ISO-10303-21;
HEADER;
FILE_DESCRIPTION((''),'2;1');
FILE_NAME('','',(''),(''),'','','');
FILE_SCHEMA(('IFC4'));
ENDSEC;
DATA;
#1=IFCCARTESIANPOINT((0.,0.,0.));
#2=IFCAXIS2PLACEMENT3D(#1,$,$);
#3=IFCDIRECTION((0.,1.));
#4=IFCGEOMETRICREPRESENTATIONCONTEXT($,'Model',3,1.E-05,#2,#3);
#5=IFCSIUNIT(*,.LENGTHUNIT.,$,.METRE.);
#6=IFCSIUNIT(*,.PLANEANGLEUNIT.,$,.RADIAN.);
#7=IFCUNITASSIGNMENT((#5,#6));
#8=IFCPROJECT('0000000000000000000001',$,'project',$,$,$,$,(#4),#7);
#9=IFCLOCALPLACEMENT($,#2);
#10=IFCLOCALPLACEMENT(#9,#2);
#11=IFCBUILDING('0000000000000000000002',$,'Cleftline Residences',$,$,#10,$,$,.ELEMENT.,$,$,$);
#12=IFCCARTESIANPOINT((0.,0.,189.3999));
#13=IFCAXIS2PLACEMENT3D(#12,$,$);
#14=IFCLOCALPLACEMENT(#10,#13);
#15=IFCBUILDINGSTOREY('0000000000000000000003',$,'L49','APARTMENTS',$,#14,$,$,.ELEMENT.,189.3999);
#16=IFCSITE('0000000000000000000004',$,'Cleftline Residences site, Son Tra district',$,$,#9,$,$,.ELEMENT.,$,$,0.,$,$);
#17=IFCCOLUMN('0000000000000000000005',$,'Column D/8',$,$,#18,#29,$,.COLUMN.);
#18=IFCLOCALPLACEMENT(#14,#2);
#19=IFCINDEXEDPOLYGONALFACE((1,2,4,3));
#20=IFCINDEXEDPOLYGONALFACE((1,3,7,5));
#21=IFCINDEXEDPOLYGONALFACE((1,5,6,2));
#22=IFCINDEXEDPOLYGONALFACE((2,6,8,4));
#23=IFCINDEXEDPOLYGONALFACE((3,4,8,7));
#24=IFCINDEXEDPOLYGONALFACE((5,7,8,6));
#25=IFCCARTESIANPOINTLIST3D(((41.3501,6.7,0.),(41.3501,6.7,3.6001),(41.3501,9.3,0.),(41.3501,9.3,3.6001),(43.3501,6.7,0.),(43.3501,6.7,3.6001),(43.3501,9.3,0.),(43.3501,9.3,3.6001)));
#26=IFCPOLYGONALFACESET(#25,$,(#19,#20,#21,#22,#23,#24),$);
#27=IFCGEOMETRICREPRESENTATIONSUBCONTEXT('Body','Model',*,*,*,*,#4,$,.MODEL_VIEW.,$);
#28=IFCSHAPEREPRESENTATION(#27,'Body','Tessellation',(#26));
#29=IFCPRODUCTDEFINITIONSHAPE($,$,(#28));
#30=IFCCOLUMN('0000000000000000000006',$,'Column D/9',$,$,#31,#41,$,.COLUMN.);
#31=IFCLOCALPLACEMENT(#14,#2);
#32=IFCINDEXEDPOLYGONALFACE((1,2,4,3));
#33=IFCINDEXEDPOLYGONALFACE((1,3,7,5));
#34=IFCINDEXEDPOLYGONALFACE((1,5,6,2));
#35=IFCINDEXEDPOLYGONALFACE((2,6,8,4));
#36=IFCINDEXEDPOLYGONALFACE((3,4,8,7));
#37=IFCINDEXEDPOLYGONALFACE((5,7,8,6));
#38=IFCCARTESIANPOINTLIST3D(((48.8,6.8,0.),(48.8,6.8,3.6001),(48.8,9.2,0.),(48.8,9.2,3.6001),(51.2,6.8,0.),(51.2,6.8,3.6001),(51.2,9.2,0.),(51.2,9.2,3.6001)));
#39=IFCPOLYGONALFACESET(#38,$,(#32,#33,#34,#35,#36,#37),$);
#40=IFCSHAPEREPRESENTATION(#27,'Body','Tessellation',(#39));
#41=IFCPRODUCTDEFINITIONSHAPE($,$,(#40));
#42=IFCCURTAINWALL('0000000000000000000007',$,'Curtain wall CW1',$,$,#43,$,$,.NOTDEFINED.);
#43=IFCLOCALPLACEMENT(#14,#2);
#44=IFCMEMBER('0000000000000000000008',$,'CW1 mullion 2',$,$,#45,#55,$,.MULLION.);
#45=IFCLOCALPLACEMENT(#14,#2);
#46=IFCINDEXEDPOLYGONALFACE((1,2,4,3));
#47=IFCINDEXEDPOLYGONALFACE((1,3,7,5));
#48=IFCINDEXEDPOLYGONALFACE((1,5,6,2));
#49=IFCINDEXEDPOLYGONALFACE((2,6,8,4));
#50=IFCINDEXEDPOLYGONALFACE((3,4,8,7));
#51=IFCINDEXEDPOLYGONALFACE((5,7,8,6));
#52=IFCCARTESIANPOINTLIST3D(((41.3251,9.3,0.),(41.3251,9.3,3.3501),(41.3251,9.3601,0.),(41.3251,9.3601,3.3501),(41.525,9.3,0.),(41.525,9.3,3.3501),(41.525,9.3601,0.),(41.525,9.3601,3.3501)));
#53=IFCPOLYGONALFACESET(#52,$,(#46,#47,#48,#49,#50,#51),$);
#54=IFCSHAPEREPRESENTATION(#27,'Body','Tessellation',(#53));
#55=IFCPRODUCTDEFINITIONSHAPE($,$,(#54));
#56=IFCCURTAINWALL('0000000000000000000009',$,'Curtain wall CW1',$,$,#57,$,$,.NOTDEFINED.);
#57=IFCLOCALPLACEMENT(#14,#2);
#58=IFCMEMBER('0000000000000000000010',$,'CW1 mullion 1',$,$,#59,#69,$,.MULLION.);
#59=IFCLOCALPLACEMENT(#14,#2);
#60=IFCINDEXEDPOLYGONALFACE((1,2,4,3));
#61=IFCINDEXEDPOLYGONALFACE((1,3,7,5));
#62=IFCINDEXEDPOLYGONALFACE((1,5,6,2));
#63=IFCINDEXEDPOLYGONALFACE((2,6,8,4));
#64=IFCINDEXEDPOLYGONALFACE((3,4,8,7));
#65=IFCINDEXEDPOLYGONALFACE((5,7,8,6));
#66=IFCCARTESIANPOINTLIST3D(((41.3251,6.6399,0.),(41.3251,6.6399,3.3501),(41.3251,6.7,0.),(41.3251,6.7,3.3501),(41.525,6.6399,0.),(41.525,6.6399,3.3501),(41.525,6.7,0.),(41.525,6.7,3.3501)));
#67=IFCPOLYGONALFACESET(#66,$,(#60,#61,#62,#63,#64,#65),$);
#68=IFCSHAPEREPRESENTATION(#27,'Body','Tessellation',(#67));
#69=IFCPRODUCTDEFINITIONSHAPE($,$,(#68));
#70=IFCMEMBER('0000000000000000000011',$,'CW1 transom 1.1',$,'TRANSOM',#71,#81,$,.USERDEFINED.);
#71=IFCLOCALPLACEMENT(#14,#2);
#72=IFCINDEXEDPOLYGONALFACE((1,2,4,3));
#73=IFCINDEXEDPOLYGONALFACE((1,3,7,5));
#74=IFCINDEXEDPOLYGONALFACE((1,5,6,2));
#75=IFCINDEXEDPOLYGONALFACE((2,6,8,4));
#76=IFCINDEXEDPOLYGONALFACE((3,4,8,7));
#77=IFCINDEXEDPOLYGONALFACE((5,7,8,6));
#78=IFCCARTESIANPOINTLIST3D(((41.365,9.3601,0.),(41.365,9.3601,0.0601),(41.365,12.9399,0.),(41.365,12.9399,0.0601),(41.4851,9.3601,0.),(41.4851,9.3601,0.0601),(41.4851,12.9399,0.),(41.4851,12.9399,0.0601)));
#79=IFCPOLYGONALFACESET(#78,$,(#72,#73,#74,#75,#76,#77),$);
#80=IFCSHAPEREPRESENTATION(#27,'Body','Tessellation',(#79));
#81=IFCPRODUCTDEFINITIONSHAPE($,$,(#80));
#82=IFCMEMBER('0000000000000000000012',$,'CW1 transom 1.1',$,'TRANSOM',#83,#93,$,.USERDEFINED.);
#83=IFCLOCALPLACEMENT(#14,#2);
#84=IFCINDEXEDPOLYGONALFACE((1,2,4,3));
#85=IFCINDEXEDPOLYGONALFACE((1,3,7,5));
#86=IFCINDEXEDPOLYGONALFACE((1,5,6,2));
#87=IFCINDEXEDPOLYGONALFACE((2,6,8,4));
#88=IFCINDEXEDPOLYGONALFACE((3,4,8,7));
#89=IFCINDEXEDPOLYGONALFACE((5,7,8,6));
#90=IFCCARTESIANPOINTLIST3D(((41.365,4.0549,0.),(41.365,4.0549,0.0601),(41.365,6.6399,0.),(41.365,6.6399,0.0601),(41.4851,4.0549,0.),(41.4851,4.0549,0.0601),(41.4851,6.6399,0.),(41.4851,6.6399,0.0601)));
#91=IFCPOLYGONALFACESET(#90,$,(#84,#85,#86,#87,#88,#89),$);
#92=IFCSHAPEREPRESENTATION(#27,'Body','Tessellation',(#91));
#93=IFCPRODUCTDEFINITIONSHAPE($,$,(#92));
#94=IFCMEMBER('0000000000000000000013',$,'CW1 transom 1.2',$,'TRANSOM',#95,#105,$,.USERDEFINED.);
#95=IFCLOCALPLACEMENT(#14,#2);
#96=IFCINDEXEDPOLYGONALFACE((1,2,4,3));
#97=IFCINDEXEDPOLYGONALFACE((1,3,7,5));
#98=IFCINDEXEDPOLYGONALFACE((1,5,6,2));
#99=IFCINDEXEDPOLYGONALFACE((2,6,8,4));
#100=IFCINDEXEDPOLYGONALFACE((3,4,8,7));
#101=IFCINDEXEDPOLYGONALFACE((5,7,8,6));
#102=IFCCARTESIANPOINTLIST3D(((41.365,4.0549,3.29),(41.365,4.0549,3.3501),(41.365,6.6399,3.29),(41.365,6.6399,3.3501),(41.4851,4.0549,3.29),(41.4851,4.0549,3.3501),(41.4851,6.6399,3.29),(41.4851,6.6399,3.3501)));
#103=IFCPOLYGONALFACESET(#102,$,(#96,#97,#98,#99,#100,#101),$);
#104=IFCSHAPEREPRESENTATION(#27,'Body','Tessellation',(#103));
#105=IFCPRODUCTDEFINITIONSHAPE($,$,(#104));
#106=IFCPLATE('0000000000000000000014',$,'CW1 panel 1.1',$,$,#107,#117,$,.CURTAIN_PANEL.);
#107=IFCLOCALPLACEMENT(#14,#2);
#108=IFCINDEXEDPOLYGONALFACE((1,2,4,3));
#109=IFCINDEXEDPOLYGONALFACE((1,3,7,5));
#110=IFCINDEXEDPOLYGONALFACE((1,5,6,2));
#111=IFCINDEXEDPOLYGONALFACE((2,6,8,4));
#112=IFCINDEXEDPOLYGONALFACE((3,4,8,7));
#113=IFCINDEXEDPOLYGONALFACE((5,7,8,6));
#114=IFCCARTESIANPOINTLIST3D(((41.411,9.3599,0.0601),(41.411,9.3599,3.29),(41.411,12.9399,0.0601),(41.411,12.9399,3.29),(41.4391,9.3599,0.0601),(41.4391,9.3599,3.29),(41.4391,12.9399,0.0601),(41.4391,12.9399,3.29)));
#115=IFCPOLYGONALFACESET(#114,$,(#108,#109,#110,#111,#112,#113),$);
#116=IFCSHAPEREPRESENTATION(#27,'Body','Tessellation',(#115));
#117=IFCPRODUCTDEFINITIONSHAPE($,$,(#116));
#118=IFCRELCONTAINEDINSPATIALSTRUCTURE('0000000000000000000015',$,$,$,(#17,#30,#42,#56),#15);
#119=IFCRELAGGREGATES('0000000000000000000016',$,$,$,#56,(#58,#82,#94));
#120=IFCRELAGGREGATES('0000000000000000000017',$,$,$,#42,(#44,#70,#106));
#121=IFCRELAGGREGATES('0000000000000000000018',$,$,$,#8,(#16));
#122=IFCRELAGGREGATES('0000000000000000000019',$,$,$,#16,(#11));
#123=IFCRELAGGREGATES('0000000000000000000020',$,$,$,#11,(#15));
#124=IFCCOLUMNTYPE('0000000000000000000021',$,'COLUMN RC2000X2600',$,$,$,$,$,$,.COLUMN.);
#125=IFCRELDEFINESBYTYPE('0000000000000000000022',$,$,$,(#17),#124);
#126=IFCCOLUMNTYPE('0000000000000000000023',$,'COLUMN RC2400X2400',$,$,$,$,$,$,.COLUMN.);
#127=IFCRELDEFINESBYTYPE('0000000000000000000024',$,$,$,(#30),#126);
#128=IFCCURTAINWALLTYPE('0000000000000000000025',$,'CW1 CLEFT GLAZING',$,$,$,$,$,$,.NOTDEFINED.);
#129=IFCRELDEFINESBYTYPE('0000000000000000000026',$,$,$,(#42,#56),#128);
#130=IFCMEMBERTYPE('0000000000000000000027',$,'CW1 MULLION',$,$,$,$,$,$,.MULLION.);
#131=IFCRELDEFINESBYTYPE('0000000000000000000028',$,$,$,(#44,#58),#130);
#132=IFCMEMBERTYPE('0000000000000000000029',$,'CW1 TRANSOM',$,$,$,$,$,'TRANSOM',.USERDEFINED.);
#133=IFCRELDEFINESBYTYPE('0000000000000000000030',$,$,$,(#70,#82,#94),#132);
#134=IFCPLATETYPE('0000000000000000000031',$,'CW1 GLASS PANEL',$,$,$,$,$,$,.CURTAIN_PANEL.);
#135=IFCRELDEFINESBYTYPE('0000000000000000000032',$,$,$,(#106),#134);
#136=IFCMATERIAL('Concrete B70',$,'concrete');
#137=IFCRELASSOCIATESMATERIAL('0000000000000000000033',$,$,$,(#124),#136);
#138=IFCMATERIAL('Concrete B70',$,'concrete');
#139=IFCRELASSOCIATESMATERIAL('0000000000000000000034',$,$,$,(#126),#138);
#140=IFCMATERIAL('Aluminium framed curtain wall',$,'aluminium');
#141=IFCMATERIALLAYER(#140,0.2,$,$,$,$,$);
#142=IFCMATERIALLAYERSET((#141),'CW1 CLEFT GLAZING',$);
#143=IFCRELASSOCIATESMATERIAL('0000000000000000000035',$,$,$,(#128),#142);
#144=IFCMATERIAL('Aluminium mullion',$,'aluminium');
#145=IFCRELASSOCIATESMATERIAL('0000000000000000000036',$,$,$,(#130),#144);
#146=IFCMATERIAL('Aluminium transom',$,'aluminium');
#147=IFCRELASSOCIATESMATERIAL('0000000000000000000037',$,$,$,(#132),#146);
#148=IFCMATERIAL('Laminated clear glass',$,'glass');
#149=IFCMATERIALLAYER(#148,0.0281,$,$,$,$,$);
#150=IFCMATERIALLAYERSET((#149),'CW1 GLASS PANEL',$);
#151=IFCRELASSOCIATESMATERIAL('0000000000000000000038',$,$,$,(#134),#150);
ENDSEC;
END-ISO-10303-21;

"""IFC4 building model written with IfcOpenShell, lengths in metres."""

from ifc_helpers import new_model, si_unit, direction, frame, origin, origin_2d, place, context, subcontext, project, spatial, rectangle, extrude, material, layer, layer_set, material_profile, profile_set, type_object, element, aggregate, save


model = new_model("IFC4")

# Units and contexts
model_context = context("Model", 3, precision=1e-05, world=origin(), true_north=direction((0.0, 1.0)))
body_context = subcontext(model_context, "Body", "Model", "MODEL_VIEW")
ifc_project = project(units=[si_unit("LENGTHUNIT", "METRE"), si_unit("PLANEANGLEUNIT", "RADIAN")], contexts=[model_context])

# Site, building, storey
site_placement = place(None, origin())
site = spatial("IfcSite", under=ifc_project, at=site_placement, Name="Cleftline Residences site, Son Tra district", CompositionType="ELEMENT", RefElevation=0.0)
building_placement = place(site_placement, origin())
building = spatial("IfcBuilding", under=site, at=building_placement, Name="Cleftline Residences", CompositionType="ELEMENT")
storey_placement = place(building_placement, frame((0.0, 0.0, 189.3999)))
storey = spatial("IfcBuildingStorey", under=building, at=storey_placement, Name="L49", Description="APARTMENTS", CompositionType="ELEMENT", Elevation=189.3999)

# Columns
ifc_material_1 = material(Name="Concrete B70", Category="concrete")
ifc_material_profile_1 = material_profile(ifc_material_1, rectangle(XDim=2.0, YDim=2.6001, at=origin_2d()))
ifc_profile_set_1 = profile_set([ifc_material_profile_1], Name="Concrete B70")
column_type_1 = type_object("IfcColumnType", Name="COLUMN RC2000X2600", PredefinedType="COLUMN", material=ifc_profile_set_1)
column_1_placement = place(storey_placement, frame((42.3501, 8.0, 0.0), z_axis=(0.0, 0.0, 1.0), x_axis=(1.0, 0.0, 0.0)))
element("IfcColumn", 1, at=column_1_placement, inside=storey, type_object=column_type_1, Name="Column D/8", PredefinedType="COLUMN", context=body_context, shape_type="SweptSolid", body=[
    extrude(rectangle(XDim=2.0, YDim=2.6001, at=origin_2d()), origin(), (0.0, 0.0, 1.0), 3.6001),
])
ifc_material_2 = material(Name="Concrete B70", Category="concrete")
ifc_material_profile_2 = material_profile(ifc_material_2, rectangle(XDim=2.3999, YDim=2.3999, at=origin_2d()))
ifc_profile_set_2 = profile_set([ifc_material_profile_2], Name="Concrete B70")
column_type_2 = type_object("IfcColumnType", Name="COLUMN RC2400X2400", PredefinedType="COLUMN", material=ifc_profile_set_2)
column_2_placement = place(storey_placement, frame((50.0, 8.0, 0.0), z_axis=(0.0, 0.0, 1.0), x_axis=(1.0, 0.0, 0.0)))
element("IfcColumn", 2, at=column_2_placement, inside=storey, type_object=column_type_2, Name="Column D/9", PredefinedType="COLUMN", context=body_context, shape_type="SweptSolid", body=[
    extrude(rectangle(XDim=2.3999, YDim=2.3999, at=origin_2d()), origin(), (0.0, 0.0, 1.0), 3.6001),
])

# Curtain walls, members
ifc_material_3 = material(Name="Aluminium framed curtain wall", Category="aluminium")
ifc_layer_1 = layer(ifc_material_3, 0.2)
ifc_layer_set_1 = layer_set([ifc_layer_1], Name="CW1 CLEFT GLAZING")
curtain_wall_type = type_object("IfcCurtainWallType", Name="CW1 CLEFT GLAZING", PredefinedType="NOTDEFINED", material=ifc_layer_set_1)
curtain_wall_1_placement = place(storey_placement, origin())
curtain_wall_1 = element("IfcCurtainWall", 3, at=curtain_wall_1_placement, inside=storey, type_object=curtain_wall_type, Name="Curtain wall CW1", PredefinedType="NOTDEFINED")
ifc_material_4 = material(Name="Aluminium mullion", Category="aluminium")
ifc_material_profile_3 = material_profile(ifc_material_4, rectangle(XDim=0.2, YDim=0.0601, at=origin_2d()))
ifc_profile_set_3 = profile_set([ifc_material_profile_3], Name="Aluminium mullion")
member_type_1 = type_object("IfcMemberType", Name="CW1 MULLION", PredefinedType="MULLION", material=ifc_profile_set_3)
member_1_placement = place(storey_placement, frame((41.425, 9.3301, 0.0), z_axis=(0.0, 0.0, 1.0), x_axis=(1.0, 0.0, 0.0)))
member_1 = element("IfcMember", 4, at=member_1_placement, type_object=member_type_1, Name="CW1 mullion 2", PredefinedType="MULLION", context=body_context, shape_type="SweptSolid", body=[
    extrude(rectangle(XDim=0.2, YDim=0.0601, at=origin_2d()), origin(), (0.0, 0.0, 1.0), 3.3501),
])
curtain_wall_2_placement = place(storey_placement, origin())
curtain_wall_2 = element("IfcCurtainWall", 5, at=curtain_wall_2_placement, inside=storey, type_object=curtain_wall_type, Name="Curtain wall CW1", PredefinedType="NOTDEFINED")
member_2_placement = place(storey_placement, frame((41.425, 6.6699, 0.0), z_axis=(0.0, 0.0, 1.0), x_axis=(1.0, 0.0, 0.0)))
member_2 = element("IfcMember", 6, at=member_2_placement, type_object=member_type_1, Name="CW1 mullion 1", PredefinedType="MULLION", context=body_context, shape_type="SweptSolid", body=[
    extrude(rectangle(XDim=0.2, YDim=0.0601, at=origin_2d()), origin(), (0.0, 0.0, 1.0), 3.3501),
])

# Members
ifc_material_5 = material(Name="Aluminium transom", Category="aluminium")
ifc_material_profile_4 = material_profile(ifc_material_5, rectangle(XDim=0.1201, YDim=0.0601, at=origin_2d()))
ifc_profile_set_4 = profile_set([ifc_material_profile_4], Name="Aluminium transom")
member_type_2 = type_object("IfcMemberType", Name="CW1 TRANSOM", ElementType="TRANSOM", PredefinedType="USERDEFINED", material=ifc_profile_set_4)
member_3_placement = place(storey_placement, frame((41.425, 12.9399, 0.03), z_axis=(0.0, -1.0, 0.0), x_axis=(1.0, 0.0, 0.0)))
member_3 = element("IfcMember", 7, at=member_3_placement, type_object=member_type_2, Name="CW1 transom 1.1", ObjectType="TRANSOM", PredefinedType="USERDEFINED", context=body_context, shape_type="SweptSolid", body=[
    extrude(rectangle(XDim=0.1201, YDim=0.0601, at=origin_2d()), origin(), (0.0, 0.0, 1.0), 3.5798),
])
member_4_placement = place(storey_placement, frame((41.425, 6.6399, 0.03), z_axis=(0.0, -1.0, 0.0), x_axis=(1.0, 0.0, 0.0)))
member_4 = element("IfcMember", 8, at=member_4_placement, type_object=member_type_2, Name="CW1 transom 1.1", ObjectType="TRANSOM", PredefinedType="USERDEFINED", context=body_context, shape_type="SweptSolid", body=[
    extrude(rectangle(XDim=0.1201, YDim=0.0601, at=origin_2d()), origin(), (0.0, 0.0, 1.0), 2.585),
])
member_5_placement = place(storey_placement, frame((41.425, 6.6399, 3.3201), z_axis=(0.0, -1.0, 0.0), x_axis=(1.0, 0.0, 0.0)))
member_5 = element("IfcMember", 9, at=member_5_placement, type_object=member_type_2, Name="CW1 transom 1.2", ObjectType="TRANSOM", PredefinedType="USERDEFINED", context=body_context, shape_type="SweptSolid", body=[
    extrude(rectangle(XDim=0.1201, YDim=0.0601, at=origin_2d()), origin(), (0.0, 0.0, 1.0), 2.585),
])
aggregate(curtain_wall_2, [member_2, member_4, member_5])

# Plate
ifc_material_6 = material(Name="Laminated clear glass", Category="glass")
ifc_layer_2 = layer(ifc_material_6, 0.0281)
ifc_layer_set_2 = layer_set([ifc_layer_2], Name="CW1 GLASS PANEL")
plate_type = type_object("IfcPlateType", Name="CW1 GLASS PANEL", PredefinedType="CURTAIN_PANEL", material=ifc_layer_set_2)
plate_placement = place(storey_placement, frame((41.425, 11.1499, 0.0601), z_axis=(0.0, 0.0, 1.0), x_axis=(0.0, -1.0, 0.0)))
plate = element("IfcPlate", 10, at=plate_placement, type_object=plate_type, Name="CW1 panel 1.1", PredefinedType="CURTAIN_PANEL", context=body_context, shape_type="SweptSolid", body=[
    extrude(rectangle(XDim=3.5801, YDim=0.0281, at=origin_2d()), origin(), (0.0, 0.0, 1.0), 3.23),
])
aggregate(curtain_wall_1, [member_1, member_3, plate])

save(model, "model.ifc")
